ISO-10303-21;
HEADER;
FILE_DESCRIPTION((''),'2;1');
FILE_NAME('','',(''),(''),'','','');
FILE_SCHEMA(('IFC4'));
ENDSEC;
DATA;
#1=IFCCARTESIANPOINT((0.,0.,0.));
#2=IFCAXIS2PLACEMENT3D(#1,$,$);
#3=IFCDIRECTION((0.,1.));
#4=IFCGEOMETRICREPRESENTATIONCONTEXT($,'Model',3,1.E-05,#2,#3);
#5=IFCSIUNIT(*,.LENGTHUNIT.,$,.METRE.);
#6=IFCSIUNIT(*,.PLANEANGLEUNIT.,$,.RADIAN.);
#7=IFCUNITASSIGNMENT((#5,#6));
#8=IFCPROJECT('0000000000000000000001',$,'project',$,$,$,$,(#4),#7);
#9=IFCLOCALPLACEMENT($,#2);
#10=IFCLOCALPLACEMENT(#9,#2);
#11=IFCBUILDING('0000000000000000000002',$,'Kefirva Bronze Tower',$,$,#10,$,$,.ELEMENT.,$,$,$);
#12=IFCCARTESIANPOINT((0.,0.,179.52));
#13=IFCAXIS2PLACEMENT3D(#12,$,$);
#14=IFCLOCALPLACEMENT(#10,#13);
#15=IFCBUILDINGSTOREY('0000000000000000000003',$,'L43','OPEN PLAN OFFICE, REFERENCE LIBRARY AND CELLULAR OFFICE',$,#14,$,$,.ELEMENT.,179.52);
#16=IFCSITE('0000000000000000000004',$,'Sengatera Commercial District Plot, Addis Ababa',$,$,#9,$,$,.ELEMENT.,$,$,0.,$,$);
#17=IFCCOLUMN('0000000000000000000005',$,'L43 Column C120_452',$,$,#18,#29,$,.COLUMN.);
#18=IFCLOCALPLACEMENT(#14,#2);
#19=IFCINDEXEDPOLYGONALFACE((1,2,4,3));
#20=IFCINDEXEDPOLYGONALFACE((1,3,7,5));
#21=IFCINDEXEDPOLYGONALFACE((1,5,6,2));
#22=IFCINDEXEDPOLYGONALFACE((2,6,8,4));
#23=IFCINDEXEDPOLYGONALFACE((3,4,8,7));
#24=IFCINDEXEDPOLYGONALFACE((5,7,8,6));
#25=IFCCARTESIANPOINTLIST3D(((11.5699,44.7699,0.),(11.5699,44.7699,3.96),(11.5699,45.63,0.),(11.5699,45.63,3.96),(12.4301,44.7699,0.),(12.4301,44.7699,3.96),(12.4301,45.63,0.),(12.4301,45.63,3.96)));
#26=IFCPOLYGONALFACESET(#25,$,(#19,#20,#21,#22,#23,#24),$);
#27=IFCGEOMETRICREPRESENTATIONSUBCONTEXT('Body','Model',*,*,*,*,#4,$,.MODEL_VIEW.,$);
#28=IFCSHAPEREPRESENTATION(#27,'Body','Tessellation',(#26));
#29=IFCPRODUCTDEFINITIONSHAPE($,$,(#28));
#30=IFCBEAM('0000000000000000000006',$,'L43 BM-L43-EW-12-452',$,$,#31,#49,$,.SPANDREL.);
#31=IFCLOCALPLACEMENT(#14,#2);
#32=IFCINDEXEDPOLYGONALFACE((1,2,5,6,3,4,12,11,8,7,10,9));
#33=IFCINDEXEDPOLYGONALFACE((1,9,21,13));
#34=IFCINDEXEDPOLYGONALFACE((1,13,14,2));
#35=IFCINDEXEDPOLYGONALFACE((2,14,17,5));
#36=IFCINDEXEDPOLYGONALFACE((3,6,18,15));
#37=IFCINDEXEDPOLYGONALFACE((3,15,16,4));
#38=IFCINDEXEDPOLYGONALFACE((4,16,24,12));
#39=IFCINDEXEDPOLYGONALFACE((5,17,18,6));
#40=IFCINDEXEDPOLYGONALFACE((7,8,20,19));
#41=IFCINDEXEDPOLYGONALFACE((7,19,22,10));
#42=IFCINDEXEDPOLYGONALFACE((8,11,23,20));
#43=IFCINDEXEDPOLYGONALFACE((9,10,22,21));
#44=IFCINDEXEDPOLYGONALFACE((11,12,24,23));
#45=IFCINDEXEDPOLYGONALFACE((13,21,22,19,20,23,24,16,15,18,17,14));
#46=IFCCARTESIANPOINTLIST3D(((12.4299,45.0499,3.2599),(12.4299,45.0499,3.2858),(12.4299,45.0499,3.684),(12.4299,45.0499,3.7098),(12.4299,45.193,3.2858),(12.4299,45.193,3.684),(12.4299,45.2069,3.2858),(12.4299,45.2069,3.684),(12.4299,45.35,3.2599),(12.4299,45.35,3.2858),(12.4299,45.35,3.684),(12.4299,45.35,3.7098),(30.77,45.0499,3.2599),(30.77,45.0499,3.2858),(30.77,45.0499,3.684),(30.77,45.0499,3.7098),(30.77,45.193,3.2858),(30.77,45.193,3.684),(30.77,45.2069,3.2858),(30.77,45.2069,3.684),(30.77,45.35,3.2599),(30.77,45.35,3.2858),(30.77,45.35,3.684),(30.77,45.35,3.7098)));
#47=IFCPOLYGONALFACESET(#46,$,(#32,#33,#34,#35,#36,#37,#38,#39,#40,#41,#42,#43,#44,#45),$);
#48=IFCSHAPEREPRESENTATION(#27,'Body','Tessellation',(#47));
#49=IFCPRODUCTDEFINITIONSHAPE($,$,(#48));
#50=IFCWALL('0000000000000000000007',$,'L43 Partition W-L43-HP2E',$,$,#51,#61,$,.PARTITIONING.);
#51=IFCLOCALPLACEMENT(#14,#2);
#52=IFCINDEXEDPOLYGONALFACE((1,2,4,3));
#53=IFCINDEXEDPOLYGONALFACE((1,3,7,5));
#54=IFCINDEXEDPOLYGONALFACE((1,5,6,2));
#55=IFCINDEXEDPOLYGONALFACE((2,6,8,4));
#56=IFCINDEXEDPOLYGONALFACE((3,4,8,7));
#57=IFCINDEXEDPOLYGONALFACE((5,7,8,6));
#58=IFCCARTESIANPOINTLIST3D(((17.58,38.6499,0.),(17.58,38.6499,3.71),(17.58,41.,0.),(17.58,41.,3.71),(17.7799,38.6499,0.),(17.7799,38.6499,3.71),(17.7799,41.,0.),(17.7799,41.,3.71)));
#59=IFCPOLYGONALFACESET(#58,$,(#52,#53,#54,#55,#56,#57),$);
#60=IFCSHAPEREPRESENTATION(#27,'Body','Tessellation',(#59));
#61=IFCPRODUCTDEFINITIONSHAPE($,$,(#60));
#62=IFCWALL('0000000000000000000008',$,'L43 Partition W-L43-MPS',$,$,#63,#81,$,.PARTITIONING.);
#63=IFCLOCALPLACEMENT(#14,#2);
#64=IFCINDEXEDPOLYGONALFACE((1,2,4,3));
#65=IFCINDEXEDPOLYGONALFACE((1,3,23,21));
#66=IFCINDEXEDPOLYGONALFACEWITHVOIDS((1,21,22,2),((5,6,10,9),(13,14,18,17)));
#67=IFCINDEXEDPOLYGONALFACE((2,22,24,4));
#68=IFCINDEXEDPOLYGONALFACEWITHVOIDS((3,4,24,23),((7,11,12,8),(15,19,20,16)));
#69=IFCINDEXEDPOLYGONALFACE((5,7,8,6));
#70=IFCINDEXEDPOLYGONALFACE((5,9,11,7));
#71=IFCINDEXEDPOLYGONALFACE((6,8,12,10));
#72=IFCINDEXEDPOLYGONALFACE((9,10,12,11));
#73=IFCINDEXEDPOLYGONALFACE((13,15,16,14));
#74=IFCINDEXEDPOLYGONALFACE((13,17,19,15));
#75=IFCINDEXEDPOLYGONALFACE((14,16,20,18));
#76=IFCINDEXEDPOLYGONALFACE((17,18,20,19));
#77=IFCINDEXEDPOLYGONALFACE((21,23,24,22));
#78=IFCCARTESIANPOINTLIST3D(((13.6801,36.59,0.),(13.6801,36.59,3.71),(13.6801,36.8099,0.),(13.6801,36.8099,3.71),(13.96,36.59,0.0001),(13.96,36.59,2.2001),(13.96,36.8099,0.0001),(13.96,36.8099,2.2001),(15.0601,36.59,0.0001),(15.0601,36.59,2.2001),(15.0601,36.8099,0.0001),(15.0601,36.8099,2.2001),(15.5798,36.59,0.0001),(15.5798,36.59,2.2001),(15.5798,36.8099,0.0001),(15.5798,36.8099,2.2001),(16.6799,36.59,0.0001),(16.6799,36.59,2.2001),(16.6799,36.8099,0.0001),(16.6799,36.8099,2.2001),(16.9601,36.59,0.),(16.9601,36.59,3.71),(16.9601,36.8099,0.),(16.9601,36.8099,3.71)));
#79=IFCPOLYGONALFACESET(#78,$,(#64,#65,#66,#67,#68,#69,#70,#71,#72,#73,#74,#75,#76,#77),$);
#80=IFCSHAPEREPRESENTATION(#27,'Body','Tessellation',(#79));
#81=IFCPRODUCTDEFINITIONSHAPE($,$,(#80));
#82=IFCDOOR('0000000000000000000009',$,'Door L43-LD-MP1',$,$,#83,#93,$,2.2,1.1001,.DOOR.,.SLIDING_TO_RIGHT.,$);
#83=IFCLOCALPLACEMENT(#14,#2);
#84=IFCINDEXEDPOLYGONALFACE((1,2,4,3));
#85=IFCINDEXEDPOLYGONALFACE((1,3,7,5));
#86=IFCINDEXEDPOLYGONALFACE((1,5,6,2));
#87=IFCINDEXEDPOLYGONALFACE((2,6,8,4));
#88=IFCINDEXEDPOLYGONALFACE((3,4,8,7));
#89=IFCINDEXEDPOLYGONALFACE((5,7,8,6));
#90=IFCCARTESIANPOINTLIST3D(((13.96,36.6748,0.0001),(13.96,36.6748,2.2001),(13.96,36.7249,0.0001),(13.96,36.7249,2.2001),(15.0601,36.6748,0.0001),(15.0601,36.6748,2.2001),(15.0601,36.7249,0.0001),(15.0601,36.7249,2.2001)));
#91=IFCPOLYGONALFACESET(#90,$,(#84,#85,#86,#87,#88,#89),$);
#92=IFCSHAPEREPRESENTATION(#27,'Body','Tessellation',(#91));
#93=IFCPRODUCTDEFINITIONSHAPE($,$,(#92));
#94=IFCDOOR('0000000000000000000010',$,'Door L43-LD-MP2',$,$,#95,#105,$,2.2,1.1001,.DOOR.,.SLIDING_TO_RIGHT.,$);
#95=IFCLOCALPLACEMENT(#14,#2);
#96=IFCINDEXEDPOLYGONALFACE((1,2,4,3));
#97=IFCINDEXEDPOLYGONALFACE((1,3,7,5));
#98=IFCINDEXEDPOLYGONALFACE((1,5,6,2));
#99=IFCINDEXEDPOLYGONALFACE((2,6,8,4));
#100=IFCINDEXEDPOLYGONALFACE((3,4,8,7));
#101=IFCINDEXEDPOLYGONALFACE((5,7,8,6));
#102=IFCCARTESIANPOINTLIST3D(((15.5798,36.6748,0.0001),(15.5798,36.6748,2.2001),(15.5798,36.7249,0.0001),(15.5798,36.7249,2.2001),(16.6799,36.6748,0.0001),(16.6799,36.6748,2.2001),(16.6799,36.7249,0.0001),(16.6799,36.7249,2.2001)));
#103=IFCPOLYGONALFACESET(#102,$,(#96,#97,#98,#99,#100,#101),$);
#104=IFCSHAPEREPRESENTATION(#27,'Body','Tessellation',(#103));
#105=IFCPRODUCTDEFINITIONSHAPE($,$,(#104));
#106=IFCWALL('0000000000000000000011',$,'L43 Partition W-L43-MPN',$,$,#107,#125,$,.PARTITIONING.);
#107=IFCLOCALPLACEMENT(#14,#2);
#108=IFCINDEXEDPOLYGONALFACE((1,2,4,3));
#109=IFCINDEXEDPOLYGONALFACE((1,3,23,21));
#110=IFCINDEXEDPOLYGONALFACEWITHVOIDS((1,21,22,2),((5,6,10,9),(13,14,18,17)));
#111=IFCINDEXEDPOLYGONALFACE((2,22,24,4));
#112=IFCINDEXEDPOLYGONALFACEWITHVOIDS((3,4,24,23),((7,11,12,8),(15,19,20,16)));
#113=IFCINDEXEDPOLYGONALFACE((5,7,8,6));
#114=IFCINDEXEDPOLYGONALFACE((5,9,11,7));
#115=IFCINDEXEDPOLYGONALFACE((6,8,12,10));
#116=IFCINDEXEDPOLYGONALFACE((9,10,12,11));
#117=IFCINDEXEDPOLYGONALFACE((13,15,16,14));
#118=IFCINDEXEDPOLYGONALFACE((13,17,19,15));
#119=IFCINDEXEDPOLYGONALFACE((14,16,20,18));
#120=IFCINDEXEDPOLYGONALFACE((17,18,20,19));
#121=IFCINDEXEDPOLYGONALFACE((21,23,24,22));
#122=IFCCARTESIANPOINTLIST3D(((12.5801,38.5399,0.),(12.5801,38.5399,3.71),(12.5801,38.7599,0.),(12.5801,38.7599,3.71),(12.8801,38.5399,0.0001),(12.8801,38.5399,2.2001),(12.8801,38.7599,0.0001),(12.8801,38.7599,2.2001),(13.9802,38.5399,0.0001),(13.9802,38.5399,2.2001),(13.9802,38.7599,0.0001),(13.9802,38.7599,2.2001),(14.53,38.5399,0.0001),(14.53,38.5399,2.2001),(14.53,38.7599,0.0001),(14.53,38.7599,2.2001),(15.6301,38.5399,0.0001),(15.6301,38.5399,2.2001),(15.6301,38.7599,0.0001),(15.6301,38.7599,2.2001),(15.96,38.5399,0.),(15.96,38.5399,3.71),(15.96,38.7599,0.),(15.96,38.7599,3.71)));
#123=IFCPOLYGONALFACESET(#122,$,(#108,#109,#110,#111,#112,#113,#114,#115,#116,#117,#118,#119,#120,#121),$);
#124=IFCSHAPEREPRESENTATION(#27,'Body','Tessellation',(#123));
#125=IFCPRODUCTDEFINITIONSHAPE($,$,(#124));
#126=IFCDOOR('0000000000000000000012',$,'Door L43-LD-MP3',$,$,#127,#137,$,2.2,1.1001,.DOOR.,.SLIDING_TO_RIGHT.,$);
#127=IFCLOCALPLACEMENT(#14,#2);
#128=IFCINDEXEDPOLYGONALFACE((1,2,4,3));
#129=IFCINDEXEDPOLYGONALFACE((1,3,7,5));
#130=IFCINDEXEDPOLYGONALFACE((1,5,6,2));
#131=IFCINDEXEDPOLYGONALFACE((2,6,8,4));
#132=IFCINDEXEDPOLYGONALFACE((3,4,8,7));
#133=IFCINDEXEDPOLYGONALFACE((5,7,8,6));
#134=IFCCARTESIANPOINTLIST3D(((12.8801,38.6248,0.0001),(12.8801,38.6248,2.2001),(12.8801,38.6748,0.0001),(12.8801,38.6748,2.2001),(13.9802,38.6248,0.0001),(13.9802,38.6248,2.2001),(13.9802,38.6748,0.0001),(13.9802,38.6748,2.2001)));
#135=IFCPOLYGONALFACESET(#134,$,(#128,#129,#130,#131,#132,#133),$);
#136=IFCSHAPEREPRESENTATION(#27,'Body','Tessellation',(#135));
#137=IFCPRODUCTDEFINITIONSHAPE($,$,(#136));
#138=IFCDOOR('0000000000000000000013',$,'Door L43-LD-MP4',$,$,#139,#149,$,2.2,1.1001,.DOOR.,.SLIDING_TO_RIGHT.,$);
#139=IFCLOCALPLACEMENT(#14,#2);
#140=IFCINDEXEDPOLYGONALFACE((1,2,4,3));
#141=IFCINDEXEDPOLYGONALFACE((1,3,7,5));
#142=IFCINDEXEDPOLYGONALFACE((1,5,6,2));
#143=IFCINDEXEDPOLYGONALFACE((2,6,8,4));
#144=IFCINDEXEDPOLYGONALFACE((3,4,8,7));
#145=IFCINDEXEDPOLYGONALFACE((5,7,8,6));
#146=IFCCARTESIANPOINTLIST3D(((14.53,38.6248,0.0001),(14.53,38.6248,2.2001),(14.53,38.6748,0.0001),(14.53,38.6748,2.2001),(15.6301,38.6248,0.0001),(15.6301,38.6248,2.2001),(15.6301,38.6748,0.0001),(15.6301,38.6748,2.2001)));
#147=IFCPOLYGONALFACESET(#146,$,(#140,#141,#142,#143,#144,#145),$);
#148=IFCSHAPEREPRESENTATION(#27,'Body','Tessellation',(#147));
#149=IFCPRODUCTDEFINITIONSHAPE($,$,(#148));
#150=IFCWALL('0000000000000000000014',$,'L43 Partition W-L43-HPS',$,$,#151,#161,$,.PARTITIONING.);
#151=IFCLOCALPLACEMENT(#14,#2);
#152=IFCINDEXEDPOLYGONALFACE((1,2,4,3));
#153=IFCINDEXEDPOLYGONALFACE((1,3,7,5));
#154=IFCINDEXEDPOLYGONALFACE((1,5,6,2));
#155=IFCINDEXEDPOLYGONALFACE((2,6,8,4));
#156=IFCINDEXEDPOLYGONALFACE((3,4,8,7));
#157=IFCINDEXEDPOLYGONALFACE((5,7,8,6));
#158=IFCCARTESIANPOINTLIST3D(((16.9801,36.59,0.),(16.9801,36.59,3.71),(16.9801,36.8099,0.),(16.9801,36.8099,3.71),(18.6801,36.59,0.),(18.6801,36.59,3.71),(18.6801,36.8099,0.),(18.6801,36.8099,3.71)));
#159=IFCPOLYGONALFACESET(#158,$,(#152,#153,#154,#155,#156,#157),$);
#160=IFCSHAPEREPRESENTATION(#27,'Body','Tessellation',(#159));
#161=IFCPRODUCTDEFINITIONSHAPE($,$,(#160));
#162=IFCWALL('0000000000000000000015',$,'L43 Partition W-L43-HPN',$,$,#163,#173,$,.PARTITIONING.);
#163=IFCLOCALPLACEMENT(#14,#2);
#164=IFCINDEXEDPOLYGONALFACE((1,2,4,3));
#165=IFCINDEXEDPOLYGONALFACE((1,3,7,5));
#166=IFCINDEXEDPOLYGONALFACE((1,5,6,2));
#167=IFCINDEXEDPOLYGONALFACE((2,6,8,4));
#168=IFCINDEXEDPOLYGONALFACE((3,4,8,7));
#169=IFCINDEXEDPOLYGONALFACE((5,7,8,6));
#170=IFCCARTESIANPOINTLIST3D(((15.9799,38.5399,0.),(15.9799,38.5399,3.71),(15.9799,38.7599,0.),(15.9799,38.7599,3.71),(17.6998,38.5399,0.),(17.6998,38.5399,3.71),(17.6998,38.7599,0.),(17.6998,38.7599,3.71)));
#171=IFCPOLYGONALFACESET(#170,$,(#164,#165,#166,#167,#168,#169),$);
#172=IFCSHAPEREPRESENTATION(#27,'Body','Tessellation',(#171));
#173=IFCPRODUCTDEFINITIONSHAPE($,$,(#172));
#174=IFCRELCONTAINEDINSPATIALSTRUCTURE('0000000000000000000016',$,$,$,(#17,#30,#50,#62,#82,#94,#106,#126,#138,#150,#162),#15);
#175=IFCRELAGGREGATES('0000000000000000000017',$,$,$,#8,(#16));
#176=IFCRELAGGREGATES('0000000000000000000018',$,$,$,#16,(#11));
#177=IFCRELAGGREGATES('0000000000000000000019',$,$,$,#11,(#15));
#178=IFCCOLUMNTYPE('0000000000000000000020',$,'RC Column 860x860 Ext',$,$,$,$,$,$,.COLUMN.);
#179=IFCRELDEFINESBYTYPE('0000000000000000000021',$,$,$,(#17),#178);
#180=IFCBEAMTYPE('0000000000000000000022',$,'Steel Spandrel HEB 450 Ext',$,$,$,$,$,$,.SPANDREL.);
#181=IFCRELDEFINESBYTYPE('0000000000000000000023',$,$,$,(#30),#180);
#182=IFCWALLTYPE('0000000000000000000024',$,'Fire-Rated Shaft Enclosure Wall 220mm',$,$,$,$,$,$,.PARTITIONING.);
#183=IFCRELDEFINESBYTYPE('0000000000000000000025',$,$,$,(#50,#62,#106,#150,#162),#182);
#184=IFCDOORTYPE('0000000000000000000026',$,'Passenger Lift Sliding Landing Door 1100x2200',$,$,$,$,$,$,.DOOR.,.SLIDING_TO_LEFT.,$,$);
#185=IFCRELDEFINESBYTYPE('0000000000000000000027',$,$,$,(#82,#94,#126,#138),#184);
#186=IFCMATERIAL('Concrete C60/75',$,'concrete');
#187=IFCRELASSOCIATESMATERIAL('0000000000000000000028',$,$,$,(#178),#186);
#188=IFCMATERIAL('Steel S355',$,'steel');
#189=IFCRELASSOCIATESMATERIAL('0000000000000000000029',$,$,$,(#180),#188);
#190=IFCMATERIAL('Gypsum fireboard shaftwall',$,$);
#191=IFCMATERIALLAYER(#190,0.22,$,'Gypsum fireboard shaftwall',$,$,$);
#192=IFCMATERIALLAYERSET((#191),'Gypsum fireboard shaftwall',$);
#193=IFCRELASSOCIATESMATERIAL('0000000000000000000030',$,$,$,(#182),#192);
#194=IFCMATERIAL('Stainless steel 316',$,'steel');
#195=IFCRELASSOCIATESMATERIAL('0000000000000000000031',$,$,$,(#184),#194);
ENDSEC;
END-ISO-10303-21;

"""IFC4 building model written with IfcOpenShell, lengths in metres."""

from ifc_helpers import new_model, si_unit, direction, frame, frame_2d, origin, origin_2d, place, context, subcontext, project, spatial, rectangle, i_section, extrude, material, layer, layer_set, material_profile, profile_set, type_object, element, fill, save


model = new_model("IFC4")

# Units and contexts
model_context = context("Model", 3, precision=1e-05, world=origin(), true_north=direction((0.0, 1.0)))
body_context = subcontext(model_context, "Body", "Model", "MODEL_VIEW")
ifc_project = project(units=[si_unit("LENGTHUNIT", "METRE"), si_unit("PLANEANGLEUNIT", "RADIAN")], contexts=[model_context])

# Site, building, storey
site_placement = place(None, origin())
site = spatial("IfcSite", under=ifc_project, at=site_placement, Name="Sengatera Commercial District Plot, Addis Ababa", CompositionType="ELEMENT", RefElevation=0.0)
building_placement = place(site_placement, origin())
building = spatial("IfcBuilding", under=site, at=building_placement, Name="Kefirva Bronze Tower", CompositionType="ELEMENT")
storey_placement = place(building_placement, frame((0.0, 0.0, 179.52)))
storey = spatial("IfcBuildingStorey", under=building, at=storey_placement, Name="L43", Description="OPEN PLAN OFFICE, REFERENCE LIBRARY AND CELLULAR OFFICE", CompositionType="ELEMENT", Elevation=179.52)

# Column
ifc_material_1 = material(Name="Concrete C60/75", Category="concrete")
ifc_material_profile_1 = material_profile(ifc_material_1, rectangle(XDim=0.8601, YDim=0.8601, at=origin_2d()), Name="RC 860x860")
ifc_profile_set_1 = profile_set([ifc_material_profile_1], Name="Concrete C60/75")
column_type = type_object("IfcColumnType", Name="RC Column 860x860 Ext", PredefinedType="COLUMN", material=ifc_profile_set_1)
column_placement = place(storey_placement, frame((12.0, 45.2, 0.0), z_axis=(0.0, 0.0, 1.0), x_axis=(1.0, 0.0, 0.0)))
element("IfcColumn", 1, at=column_placement, inside=storey, type_object=column_type, Name="L43 Column C120_452", PredefinedType="COLUMN", context=body_context, shape_type="SweptSolid", body=[
    extrude(rectangle(XDim=0.8601, YDim=0.8601, at=origin_2d()), origin(), (0.0, 0.0, 1.0), 3.96),
])

# Beam
ifc_material_2 = material(Name="Steel S355", Category="steel")
ifc_material_profile_2 = material_profile(ifc_material_2, i_section(OverallWidth=0.3, OverallDepth=0.45, WebThickness=0.0139, FlangeThickness=0.0259, at=origin_2d()), Name="HEB 450")
ifc_profile_set_2 = profile_set([ifc_material_profile_2], Name="Steel S355")
beam_type = type_object("IfcBeamType", Name="Steel Spandrel HEB 450 Ext", PredefinedType="SPANDREL", material=ifc_profile_set_2)
beam_placement = place(storey_placement, frame((12.4299, 45.2, 3.4849), z_axis=(1.0, 0.0, 0.0), x_axis=(0.0, 1.0, 0.0)))
element("IfcBeam", 2, at=beam_placement, inside=storey, type_object=beam_type, Name="L43 BM-L43-EW-12-452", PredefinedType="SPANDREL", context=body_context, shape_type="SweptSolid", body=[
    extrude(i_section(OverallWidth=0.3, OverallDepth=0.45, WebThickness=0.0139, FlangeThickness=0.0259, at=origin_2d()), origin(), (0.0, 0.0, 1.0), 18.3401),
])

# Wall
ifc_material_3 = material(Name="Gypsum fireboard shaftwall")
ifc_layer_1 = layer(ifc_material_3, 0.22, Name="Gypsum fireboard shaftwall")
ifc_layer_set_1 = layer_set([ifc_layer_1], Name="Gypsum fireboard shaftwall")
wall_type_1 = type_object("IfcWallType", Name="Fire-Rated Shaft Enclosure Wall 220mm", PredefinedType="PARTITIONING", material=ifc_layer_set_1)
wall_1_placement = place(storey_placement, frame((17.6799, 38.6499, 0.0), z_axis=(0.0, 0.0, 1.0), x_axis=(0.0, 1.0, 0.0)))
element("IfcWall", 3, at=wall_1_placement, inside=storey, type_object=wall_type_1, Name="L43 Partition W-L43-HP2E", PredefinedType="PARTITIONING", context=body_context, shape_type="SweptSolid", body=[
    extrude(rectangle(XDim=2.3501, YDim=0.2, at=frame_2d((1.175, 0.0))), origin(), (0.0, 0.0, 1.0), 3.71),
])

# Walls, openings, doors
wall_2_placement = place(storey_placement, frame((13.6799, 36.7, 0.0), z_axis=(0.0, 0.0, 1.0), x_axis=(1.0, 0.0, 0.0)))
wall_2 = element("IfcWall", 4, at=wall_2_placement, inside=storey, type_object=wall_type_1, Name="L43 Partition W-L43-MPS", PredefinedType="PARTITIONING", context=body_context, shape_type="SweptSolid", body=[
    extrude(rectangle(XDim=3.28, YDim=0.22, at=frame_2d((1.6401, 0.0))), origin(), (0.0, 0.0, 1.0), 3.71),
])
opening_1_placement = place(wall_2_placement, frame((0.28, 0.0, 0.0)))
opening_1 = element("IfcOpeningElement", 5, at=opening_1_placement, cuts=wall_2, PredefinedType="OPENING", context=body_context, shape_type="SweptSolid", body=[
    extrude(rectangle(XDim=1.1001, YDim=2.2, at=frame_2d((0.55, 1.1001))), frame((0.0, 0.1201, 0.0), z_axis=(0.0, -1.0, 0.0), x_axis=(1.0, 0.0, 0.0)), (0.0, 0.0, 1.0), 0.24),
])
opening_2_placement = place(wall_2_placement, frame((1.8999, 0.0, 0.0)))
opening_2 = element("IfcOpeningElement", 6, at=opening_2_placement, cuts=wall_2, PredefinedType="OPENING", context=body_context, shape_type="SweptSolid", body=[
    extrude(rectangle(XDim=1.1001, YDim=2.2, at=frame_2d((0.55, 1.1001))), frame((0.0, 0.1201, 0.0), z_axis=(0.0, -1.0, 0.0), x_axis=(1.0, 0.0, 0.0)), (0.0, 0.0, 1.0), 0.24),
])
ifc_material_4 = material(Name="Stainless steel 316", Category="steel")
door_type_1 = type_object("IfcDoorType", Name="Passenger Lift Sliding Landing Door 1100x2200", OperationType="SLIDING_TO_LEFT", PredefinedType="DOOR", material=ifc_material_4)
door_1_placement = place(opening_1_placement, origin())
door_1 = element("IfcDoor", 7, at=door_1_placement, inside=storey, type_object=door_type_1, Name="Door L43-LD-MP1", OperationType="SLIDING_TO_RIGHT", OverallHeight=2.2, OverallWidth=1.1001, PredefinedType="DOOR", context=body_context, shape_type="SweptSolid", body=[
    extrude(rectangle(XDim=1.1001, YDim=2.2, at=frame_2d((0.55, 1.1001))), frame((0.0, 0.0249, 0.0), z_axis=(0.0, -1.0, 0.0), x_axis=(1.0, 0.0, 0.0)), (0.0, 0.0, 1.0), 0.05),
])
fill(opening_1, door_1)
door_2_placement = place(opening_2_placement, origin())
door_2 = element("IfcDoor", 8, at=door_2_placement, inside=storey, type_object=door_type_1, Name="Door L43-LD-MP2", OperationType="SLIDING_TO_RIGHT", OverallHeight=2.2, OverallWidth=1.1001, PredefinedType="DOOR", context=body_context, shape_type="SweptSolid", body=[
    extrude(rectangle(XDim=1.1001, YDim=2.2, at=frame_2d((0.55, 1.1001))), frame((0.0, 0.0249, 0.0), z_axis=(0.0, -1.0, 0.0), x_axis=(1.0, 0.0, 0.0)), (0.0, 0.0, 1.0), 0.05),
])
fill(opening_2, door_2)
wall_3_placement = place(storey_placement, frame((12.5801, 38.6499, 0.0), z_axis=(0.0, 0.0, 1.0), x_axis=(1.0, 0.0, 0.0)))
wall_3 = element("IfcWall", 9, at=wall_3_placement, inside=storey, type_object=wall_type_1, Name="L43 Partition W-L43-MPN", PredefinedType="PARTITIONING", context=body_context, shape_type="SweptSolid", body=[
    extrude(rectangle(XDim=3.3799, YDim=0.22, at=frame_2d((1.6899, 0.0))), origin(), (0.0, 0.0, 1.0), 3.71),
])
opening_3_placement = place(wall_3_placement, frame((0.3, 0.0, 0.0)))
opening_3 = element("IfcOpeningElement", 10, at=opening_3_placement, cuts=wall_3, PredefinedType="OPENING", context=body_context, shape_type="SweptSolid", body=[
    extrude(rectangle(XDim=1.1001, YDim=2.2, at=frame_2d((0.55, 1.1001))), frame((0.0, 0.1201, 0.0), z_axis=(0.0, -1.0, 0.0), x_axis=(1.0, 0.0, 0.0)), (0.0, 0.0, 1.0), 0.24),
])
opening_4_placement = place(wall_3_placement, frame((1.95, 0.0, 0.0)))
opening_4 = element("IfcOpeningElement", 11, at=opening_4_placement, cuts=wall_3, PredefinedType="OPENING", context=body_context, shape_type="SweptSolid", body=[
    extrude(rectangle(XDim=1.1001, YDim=2.2, at=frame_2d((0.55, 1.1001))), frame((0.0, 0.1201, 0.0), z_axis=(0.0, -1.0, 0.0), x_axis=(1.0, 0.0, 0.0)), (0.0, 0.0, 1.0), 0.24),
])
door_3_placement = place(opening_3_placement, origin())
door_3 = element("IfcDoor", 12, at=door_3_placement, inside=storey, type_object=door_type_1, Name="Door L43-LD-MP3", OperationType="SLIDING_TO_RIGHT", OverallHeight=2.2, OverallWidth=1.1001, PredefinedType="DOOR", context=body_context, shape_type="SweptSolid", body=[
    extrude(rectangle(XDim=1.1001, YDim=2.2, at=frame_2d((0.55, 1.1001))), frame((0.0, 0.0249, 0.0), z_axis=(0.0, -1.0, 0.0), x_axis=(1.0, 0.0, 0.0)), (0.0, 0.0, 1.0), 0.05),
])
fill(opening_3, door_3)
door_4_placement = place(opening_4_placement, origin())
door_4 = element("IfcDoor", 13, at=door_4_placement, inside=storey, type_object=door_type_1, Name="Door L43-LD-MP4", OperationType="SLIDING_TO_RIGHT", OverallHeight=2.2, OverallWidth=1.1001, PredefinedType="DOOR", context=body_context, shape_type="SweptSolid", body=[
    extrude(rectangle(XDim=1.1001, YDim=2.2, at=frame_2d((0.55, 1.1001))), frame((0.0, 0.0249, 0.0), z_axis=(0.0, -1.0, 0.0), x_axis=(1.0, 0.0, 0.0)), (0.0, 0.0, 1.0), 0.05),
])
fill(opening_4, door_4)

# Walls
wall_4_placement = place(storey_placement, frame((16.98, 36.7, 0.0), z_axis=(0.0, 0.0, 1.0), x_axis=(1.0, 0.0, 0.0)))
element("IfcWall", 14, at=wall_4_placement, inside=storey, type_object=wall_type_1, Name="L43 Partition W-L43-HPS", PredefinedType="PARTITIONING", context=body_context, shape_type="SweptSolid", body=[
    extrude(rectangle(XDim=1.7, YDim=0.22, at=frame_2d((0.8501, 0.0))), origin(), (0.0, 0.0, 1.0), 3.71),
])
wall_5_placement = place(storey_placement, frame((15.98, 38.6499, 0.0), z_axis=(0.0, 0.0, 1.0), x_axis=(1.0, 0.0, 0.0)))
element("IfcWall", 15, at=wall_5_placement, inside=storey, type_object=wall_type_1, Name="L43 Partition W-L43-HPN", PredefinedType="PARTITIONING", context=body_context, shape_type="SweptSolid", body=[
    extrude(rectangle(XDim=1.72, YDim=0.22, at=frame_2d((0.8599, 0.0))), origin(), (0.0, 0.0, 1.0), 3.71),
])

save(model, "model.ifc")
